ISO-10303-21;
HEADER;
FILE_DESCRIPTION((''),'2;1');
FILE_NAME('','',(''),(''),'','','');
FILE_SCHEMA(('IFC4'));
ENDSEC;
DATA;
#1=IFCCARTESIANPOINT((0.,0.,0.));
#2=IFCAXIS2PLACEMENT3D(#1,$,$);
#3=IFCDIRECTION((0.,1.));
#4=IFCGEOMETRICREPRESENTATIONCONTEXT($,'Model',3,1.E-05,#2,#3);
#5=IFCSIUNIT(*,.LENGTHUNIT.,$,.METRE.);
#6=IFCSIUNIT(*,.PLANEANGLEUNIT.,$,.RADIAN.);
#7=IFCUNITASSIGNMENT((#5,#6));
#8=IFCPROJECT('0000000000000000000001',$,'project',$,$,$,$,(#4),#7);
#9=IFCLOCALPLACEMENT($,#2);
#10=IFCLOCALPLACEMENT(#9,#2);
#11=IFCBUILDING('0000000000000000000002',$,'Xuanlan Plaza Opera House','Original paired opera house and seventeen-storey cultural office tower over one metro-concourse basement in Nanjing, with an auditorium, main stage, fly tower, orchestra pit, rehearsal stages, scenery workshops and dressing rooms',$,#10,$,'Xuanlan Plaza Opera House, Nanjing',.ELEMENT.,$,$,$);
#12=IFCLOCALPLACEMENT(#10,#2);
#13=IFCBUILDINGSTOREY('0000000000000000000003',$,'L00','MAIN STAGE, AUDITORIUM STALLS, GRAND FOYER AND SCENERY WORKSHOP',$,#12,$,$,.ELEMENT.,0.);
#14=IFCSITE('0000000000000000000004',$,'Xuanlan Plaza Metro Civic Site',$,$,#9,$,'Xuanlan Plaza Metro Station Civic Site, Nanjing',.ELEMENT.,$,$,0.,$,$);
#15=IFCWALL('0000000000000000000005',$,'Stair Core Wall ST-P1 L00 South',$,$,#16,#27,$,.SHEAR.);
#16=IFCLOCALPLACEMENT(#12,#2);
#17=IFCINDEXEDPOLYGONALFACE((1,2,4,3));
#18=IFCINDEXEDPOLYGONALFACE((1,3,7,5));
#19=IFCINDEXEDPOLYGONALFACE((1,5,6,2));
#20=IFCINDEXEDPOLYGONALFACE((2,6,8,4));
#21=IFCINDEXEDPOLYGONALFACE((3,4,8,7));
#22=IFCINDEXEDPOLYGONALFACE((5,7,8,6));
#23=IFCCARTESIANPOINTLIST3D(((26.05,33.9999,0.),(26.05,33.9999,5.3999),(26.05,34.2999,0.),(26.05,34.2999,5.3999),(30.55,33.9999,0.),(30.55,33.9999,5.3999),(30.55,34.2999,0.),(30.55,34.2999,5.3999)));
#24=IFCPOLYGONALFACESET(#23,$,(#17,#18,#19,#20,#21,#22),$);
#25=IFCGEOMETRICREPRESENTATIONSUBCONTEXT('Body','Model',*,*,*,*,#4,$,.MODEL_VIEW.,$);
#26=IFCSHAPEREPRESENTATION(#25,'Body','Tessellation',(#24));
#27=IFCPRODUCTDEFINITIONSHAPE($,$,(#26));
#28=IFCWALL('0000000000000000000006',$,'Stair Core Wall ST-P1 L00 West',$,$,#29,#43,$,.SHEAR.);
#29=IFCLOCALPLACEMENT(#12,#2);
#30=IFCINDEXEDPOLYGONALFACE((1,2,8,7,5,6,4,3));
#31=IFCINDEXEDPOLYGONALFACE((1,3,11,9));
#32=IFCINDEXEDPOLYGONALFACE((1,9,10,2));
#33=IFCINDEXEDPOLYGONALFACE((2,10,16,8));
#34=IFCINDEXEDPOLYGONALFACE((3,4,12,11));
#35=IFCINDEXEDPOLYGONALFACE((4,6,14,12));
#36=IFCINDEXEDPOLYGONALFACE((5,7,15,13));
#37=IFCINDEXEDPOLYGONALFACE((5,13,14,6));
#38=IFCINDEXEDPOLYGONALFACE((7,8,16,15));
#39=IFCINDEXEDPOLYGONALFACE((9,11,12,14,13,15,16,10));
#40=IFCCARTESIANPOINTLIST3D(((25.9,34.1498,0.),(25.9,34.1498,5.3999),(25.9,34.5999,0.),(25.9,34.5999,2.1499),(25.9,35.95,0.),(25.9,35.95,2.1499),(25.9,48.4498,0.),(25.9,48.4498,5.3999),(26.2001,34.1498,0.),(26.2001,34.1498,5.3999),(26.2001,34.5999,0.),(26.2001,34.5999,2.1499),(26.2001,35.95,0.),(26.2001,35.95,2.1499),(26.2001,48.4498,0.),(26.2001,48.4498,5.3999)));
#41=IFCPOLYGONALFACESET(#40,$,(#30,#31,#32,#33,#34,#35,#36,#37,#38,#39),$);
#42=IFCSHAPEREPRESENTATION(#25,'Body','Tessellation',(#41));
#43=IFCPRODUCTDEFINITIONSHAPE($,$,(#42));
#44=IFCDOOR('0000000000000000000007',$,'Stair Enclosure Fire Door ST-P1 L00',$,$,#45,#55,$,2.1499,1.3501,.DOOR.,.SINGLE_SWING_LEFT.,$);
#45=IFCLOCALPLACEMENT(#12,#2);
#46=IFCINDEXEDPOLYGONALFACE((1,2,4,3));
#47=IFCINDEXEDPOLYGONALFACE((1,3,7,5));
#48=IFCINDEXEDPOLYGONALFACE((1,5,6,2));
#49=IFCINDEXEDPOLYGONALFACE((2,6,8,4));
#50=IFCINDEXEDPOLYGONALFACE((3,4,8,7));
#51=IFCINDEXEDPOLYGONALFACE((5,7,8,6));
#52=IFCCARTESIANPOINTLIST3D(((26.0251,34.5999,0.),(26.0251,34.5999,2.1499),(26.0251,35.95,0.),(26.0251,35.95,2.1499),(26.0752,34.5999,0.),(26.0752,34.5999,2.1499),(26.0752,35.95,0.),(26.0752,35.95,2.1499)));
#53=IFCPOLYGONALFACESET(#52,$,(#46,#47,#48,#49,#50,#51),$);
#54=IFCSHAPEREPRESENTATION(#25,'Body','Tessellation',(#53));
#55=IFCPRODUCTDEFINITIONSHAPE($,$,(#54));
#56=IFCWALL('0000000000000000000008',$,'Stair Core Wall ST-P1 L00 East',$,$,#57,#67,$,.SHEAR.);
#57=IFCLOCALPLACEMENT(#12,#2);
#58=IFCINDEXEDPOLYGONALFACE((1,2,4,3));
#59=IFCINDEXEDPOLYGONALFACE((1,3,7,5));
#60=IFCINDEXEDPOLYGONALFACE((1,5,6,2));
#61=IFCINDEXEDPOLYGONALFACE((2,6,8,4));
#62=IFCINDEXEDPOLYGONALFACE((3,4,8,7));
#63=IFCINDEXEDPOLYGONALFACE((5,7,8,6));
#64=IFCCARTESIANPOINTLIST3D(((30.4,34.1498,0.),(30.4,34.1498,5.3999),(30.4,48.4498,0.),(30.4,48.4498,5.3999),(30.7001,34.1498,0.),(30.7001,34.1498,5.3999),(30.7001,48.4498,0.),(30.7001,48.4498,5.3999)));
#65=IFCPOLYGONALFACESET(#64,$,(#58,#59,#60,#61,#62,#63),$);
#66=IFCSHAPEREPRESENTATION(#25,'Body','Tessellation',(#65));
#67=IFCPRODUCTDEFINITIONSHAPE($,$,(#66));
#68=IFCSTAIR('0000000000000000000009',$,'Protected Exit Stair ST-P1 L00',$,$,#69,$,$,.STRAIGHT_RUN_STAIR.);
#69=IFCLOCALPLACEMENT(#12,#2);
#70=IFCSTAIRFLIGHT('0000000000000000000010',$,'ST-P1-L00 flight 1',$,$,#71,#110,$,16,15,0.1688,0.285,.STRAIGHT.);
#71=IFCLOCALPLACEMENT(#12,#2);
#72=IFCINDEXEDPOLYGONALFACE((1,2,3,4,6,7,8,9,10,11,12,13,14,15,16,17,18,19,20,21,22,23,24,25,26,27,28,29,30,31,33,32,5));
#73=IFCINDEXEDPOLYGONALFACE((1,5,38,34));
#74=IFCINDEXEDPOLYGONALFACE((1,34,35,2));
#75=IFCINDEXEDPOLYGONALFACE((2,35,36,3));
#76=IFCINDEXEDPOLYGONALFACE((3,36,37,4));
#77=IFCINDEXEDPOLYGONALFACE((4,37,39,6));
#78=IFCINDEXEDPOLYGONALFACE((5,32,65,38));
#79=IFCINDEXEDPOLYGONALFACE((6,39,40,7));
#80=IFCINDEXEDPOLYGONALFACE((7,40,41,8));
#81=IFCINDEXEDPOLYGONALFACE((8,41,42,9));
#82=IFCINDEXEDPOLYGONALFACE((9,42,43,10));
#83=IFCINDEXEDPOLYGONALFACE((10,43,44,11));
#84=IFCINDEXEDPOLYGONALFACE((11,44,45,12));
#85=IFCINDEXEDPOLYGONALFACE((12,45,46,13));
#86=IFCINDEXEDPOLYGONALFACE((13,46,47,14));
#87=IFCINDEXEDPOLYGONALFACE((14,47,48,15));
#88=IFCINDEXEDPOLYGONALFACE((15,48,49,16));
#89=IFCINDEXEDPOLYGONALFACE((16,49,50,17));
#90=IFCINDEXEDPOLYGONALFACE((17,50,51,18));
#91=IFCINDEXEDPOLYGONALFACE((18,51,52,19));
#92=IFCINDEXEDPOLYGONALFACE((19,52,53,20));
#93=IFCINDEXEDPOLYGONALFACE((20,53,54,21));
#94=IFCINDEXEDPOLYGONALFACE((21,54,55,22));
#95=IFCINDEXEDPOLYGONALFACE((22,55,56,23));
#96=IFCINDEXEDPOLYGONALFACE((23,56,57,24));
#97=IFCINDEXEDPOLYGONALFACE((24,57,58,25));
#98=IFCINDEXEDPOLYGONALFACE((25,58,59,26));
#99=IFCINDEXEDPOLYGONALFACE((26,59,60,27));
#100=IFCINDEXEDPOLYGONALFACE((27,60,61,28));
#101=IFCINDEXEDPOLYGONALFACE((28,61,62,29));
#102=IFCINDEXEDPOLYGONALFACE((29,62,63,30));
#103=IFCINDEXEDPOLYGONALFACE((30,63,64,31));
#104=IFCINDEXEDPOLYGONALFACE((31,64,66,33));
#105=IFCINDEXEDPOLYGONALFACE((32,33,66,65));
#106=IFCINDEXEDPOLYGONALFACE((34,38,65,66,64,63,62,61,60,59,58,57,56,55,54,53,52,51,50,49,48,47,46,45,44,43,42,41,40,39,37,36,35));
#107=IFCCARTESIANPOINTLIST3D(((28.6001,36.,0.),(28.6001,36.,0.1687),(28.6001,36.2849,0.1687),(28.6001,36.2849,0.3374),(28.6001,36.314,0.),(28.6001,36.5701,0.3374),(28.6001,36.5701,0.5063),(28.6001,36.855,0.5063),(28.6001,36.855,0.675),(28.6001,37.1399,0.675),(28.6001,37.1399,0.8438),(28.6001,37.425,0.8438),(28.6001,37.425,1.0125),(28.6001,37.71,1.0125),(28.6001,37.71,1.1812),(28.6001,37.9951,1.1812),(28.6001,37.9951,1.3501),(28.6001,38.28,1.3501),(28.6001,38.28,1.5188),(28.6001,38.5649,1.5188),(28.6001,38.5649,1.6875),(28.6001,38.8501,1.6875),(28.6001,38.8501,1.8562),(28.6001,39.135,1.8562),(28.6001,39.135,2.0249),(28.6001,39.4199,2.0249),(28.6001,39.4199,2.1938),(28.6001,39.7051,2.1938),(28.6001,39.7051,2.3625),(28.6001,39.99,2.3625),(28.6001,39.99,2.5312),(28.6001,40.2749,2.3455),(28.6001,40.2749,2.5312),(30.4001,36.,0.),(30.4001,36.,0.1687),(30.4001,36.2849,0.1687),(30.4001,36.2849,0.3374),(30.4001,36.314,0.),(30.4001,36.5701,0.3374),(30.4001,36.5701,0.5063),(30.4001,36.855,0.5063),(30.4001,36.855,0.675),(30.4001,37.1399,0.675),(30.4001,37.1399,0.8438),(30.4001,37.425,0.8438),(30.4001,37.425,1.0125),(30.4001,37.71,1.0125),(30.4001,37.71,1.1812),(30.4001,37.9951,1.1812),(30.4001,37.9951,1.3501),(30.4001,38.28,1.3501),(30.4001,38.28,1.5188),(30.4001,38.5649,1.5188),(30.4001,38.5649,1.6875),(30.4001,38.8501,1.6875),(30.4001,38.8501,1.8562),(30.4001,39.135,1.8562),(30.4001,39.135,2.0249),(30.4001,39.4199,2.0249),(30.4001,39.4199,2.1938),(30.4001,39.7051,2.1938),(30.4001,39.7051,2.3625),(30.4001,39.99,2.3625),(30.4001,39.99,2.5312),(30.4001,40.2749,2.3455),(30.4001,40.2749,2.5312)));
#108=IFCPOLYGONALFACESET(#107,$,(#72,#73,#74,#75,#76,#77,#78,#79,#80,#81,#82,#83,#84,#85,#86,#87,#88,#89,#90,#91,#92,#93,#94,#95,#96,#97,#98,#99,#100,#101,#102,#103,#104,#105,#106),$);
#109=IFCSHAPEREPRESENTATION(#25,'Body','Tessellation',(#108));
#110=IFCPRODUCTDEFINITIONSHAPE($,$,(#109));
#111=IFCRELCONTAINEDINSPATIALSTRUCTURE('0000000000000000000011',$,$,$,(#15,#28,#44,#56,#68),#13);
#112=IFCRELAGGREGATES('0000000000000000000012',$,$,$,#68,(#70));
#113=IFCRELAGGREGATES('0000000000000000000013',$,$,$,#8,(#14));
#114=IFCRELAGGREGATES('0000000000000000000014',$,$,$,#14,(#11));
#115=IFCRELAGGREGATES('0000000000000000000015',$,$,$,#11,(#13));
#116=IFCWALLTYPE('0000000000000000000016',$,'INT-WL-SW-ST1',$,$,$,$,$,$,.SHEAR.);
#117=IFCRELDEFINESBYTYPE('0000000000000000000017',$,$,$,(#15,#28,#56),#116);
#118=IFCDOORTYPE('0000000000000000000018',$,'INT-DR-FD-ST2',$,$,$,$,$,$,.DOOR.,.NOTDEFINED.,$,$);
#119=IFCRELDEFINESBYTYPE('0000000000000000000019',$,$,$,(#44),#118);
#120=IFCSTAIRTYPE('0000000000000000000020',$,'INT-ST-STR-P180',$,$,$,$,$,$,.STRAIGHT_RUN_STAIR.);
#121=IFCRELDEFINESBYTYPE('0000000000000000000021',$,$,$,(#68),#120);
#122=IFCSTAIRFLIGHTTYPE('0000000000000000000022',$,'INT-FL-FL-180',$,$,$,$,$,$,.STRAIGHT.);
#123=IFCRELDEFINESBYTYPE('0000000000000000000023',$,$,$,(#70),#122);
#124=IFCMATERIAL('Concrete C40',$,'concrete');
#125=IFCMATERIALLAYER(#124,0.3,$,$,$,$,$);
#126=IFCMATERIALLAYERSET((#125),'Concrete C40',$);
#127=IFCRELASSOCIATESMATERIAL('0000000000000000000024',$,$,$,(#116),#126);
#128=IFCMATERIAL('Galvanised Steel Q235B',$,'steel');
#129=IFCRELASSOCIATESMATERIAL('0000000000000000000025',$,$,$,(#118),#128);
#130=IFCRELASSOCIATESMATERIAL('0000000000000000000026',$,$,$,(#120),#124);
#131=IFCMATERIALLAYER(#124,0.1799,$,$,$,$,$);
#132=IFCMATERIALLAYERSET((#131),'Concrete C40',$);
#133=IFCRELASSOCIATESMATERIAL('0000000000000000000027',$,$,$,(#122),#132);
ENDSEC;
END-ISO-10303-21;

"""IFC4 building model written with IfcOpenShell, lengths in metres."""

from ifc_helpers import new_model, si_unit, direction, frame, frame_2d, origin, place, context, subcontext, project, spatial, polyline, rectangle, outline, extrude, material, layer, layer_set, type_object, element, fill, aggregate, save


model = new_model("IFC4")

# Units and contexts
model_context = context("Model", 3, precision=1e-05, world=origin(), true_north=direction((0.0, 1.0)))
body_context = subcontext(model_context, "Body", "Model", "MODEL_VIEW")
ifc_project = project(units=[si_unit("LENGTHUNIT", "METRE"), si_unit("PLANEANGLEUNIT", "RADIAN")], contexts=[model_context])

# Site, building, storey
site_placement = place(None, origin())
site = spatial("IfcSite", under=ifc_project, at=site_placement, Name="Xuanlan Plaza Metro Civic Site", LongName="Xuanlan Plaza Metro Station Civic Site, Nanjing", CompositionType="ELEMENT", RefElevation=0.0)
building_placement = place(site_placement, origin())
building = spatial("IfcBuilding", under=site, at=building_placement, Name="Xuanlan Plaza Opera House", Description="Original paired opera house and seventeen-storey cultural office tower over one metro-concourse basement in Nanjing, with an auditorium, main stage, fly tower, orchestra pit, rehearsal stages, scenery workshops and dressing rooms", LongName="Xuanlan Plaza Opera House, Nanjing", CompositionType="ELEMENT")
storey_placement = place(building_placement, origin())
storey = spatial("IfcBuildingStorey", under=building, at=storey_placement, Name="L00", Description="MAIN STAGE, AUDITORIUM STALLS, GRAND FOYER AND SCENERY WORKSHOP", CompositionType="ELEMENT", Elevation=0.0)

# Shared definitions
ifc_material_1 = material(Name="Concrete C40", Category="concrete")

# Wall
ifc_layer_1 = layer(ifc_material_1, 0.3)
ifc_layer_set_1 = layer_set([ifc_layer_1], Name="Concrete C40")
wall_type_1 = type_object("IfcWallType", Name="INT-WL-SW-ST1", PredefinedType="SHEAR", material=ifc_layer_set_1)
wall_1_placement = place(storey_placement, frame((26.05, 34.1499, 0.0), z_axis=(0.0, 0.0, 1.0), x_axis=(1.0, 0.0, 0.0)))
element("IfcWall", 1, at=wall_1_placement, inside=storey, type_object=wall_type_1, Name="Stair Core Wall ST-P1 L00 South", PredefinedType="SHEAR", context=body_context, shape_type="SweptSolid", body=[
    extrude(rectangle(XDim=4.5, YDim=0.3, at=frame_2d((2.25, 0.0))), origin(), (0.0, 0.0, 1.0), 5.3999),
])

# Wall, opening, door
wall_2_placement = place(storey_placement, frame((26.05, 34.1499, 0.0), z_axis=(0.0, 0.0, 1.0), x_axis=(0.0, 1.0, 0.0)))
wall_2 = element("IfcWall", 2, at=wall_2_placement, inside=storey, type_object=wall_type_1, Name="Stair Core Wall ST-P1 L00 West", PredefinedType="SHEAR", context=body_context, shape_type="SweptSolid", body=[
    extrude(rectangle(XDim=14.3, YDim=0.3, at=frame_2d((7.1499, 0.0))), origin(), (0.0, 0.0, 1.0), 5.3999),
])
opening_1_placement = place(wall_2_placement, frame((0.45, 0.0, 0.0)))
opening_1 = element("IfcOpeningElement", 3, at=opening_1_placement, cuts=wall_2, PredefinedType="OPENING", context=body_context, shape_type="SweptSolid", body=[
    extrude(rectangle(XDim=1.3501, YDim=2.1499, at=frame_2d((0.675, 1.075))), frame((0.0, 0.1599, 0.0), z_axis=(0.0, -1.0, 0.0), x_axis=(1.0, 0.0, 0.0)), (0.0, 0.0, 1.0), 0.3201),
])
ifc_material_2 = material(Name="Galvanised Steel Q235B", Category="steel")
door_type_1 = type_object("IfcDoorType", Name="INT-DR-FD-ST2", OperationType="NOTDEFINED", PredefinedType="DOOR", material=ifc_material_2)
door_1_placement = place(opening_1_placement, origin())
door_1 = element("IfcDoor", 4, at=door_1_placement, inside=storey, type_object=door_type_1, Name="Stair Enclosure Fire Door ST-P1 L00", OperationType="SINGLE_SWING_LEFT", OverallHeight=2.1499, OverallWidth=1.3501, PredefinedType="DOOR", context=body_context, shape_type="SweptSolid", body=[
    extrude(rectangle(XDim=1.3501, YDim=2.1499, at=frame_2d((0.675, 1.075))), frame((0.0, 0.0249, 0.0), z_axis=(0.0, -1.0, 0.0), x_axis=(1.0, 0.0, 0.0)), (0.0, 0.0, 1.0), 0.05),
])
fill(opening_1, door_1)

# Wall
wall_3_placement = place(storey_placement, frame((30.55, 34.1499, 0.0), z_axis=(0.0, 0.0, 1.0), x_axis=(0.0, 1.0, 0.0)))
element("IfcWall", 5, at=wall_3_placement, inside=storey, type_object=wall_type_1, Name="Stair Core Wall ST-P1 L00 East", PredefinedType="SHEAR", context=body_context, shape_type="SweptSolid", body=[
    extrude(rectangle(XDim=14.3, YDim=0.3, at=frame_2d((7.1499, 0.0))), origin(), (0.0, 0.0, 1.0), 5.3999),
])

# Stair, stair flight
stair_type = type_object("IfcStairType", Name="INT-ST-STR-P180", PredefinedType="STRAIGHT_RUN_STAIR", material=ifc_material_1)
stair_placement = place(storey_placement, origin())
stair = element("IfcStair", 6, at=stair_placement, inside=storey, type_object=stair_type, Name="Protected Exit Stair ST-P1 L00", PredefinedType="STRAIGHT_RUN_STAIR")
ifc_layer_2 = layer(ifc_material_1, 0.1799)
ifc_layer_set_2 = layer_set([ifc_layer_2], Name="Concrete C40")
stair_flight_type = type_object("IfcStairFlightType", Name="INT-FL-FL-180", PredefinedType="STRAIGHT", material=ifc_layer_set_2)
stair_flight_placement = place(storey_placement, frame((29.5, 36.0, 0.0), z_axis=(0.0, 0.0, 1.0), x_axis=(0.0, 1.0, 0.0)))
stair_flight = element("IfcStairFlight", 7, at=stair_flight_placement, type_object=stair_flight_type, Name="ST-P1-L00 flight 1", NumberOfRisers=16, NumberOfTreads=15, PredefinedType="STRAIGHT", RiserHeight=0.1688, TreadLength=0.285, context=body_context, shape_type="SweptSolid", body=[
    extrude(outline(polyline([(0.0, 0.0), (0.0, 0.1687), (0.2849, 0.1687), (0.2849, 0.3374), (0.5701, 0.3374), (0.5701, 0.5063), (0.855, 0.5063), (0.855, 0.675), (1.1399, 0.675), (1.1399, 0.8438), (1.425, 0.8438), (1.425, 1.0125), (1.71, 1.0125), (1.71, 1.1812), (1.9951, 1.1812), (1.9951, 1.3501), (2.28, 1.3501), (2.28, 1.5188), (2.5649, 1.5188), (2.5649, 1.6875), (2.8501, 1.6875), (2.8501, 1.8562), (3.135, 1.8562), (3.135, 2.0249), (3.4199, 2.0249), (3.4199, 2.1938), (3.7051, 2.1938), (3.7051, 2.3625), (3.99, 2.3625), (3.99, 2.5312), (4.2749, 2.5312), (4.2749, 2.7), (4.2749, 2.3455), (0.314, 0.0), (0.0, 0.0)])), frame((0.0, 0.8999, 0.0), z_axis=(0.0, -1.0, 0.0), x_axis=(1.0, 0.0, 0.0)), (0.0, 0.0, 1.0), 1.8),
])
aggregate(stair, [stair_flight])

save(model, "model.ifc")
